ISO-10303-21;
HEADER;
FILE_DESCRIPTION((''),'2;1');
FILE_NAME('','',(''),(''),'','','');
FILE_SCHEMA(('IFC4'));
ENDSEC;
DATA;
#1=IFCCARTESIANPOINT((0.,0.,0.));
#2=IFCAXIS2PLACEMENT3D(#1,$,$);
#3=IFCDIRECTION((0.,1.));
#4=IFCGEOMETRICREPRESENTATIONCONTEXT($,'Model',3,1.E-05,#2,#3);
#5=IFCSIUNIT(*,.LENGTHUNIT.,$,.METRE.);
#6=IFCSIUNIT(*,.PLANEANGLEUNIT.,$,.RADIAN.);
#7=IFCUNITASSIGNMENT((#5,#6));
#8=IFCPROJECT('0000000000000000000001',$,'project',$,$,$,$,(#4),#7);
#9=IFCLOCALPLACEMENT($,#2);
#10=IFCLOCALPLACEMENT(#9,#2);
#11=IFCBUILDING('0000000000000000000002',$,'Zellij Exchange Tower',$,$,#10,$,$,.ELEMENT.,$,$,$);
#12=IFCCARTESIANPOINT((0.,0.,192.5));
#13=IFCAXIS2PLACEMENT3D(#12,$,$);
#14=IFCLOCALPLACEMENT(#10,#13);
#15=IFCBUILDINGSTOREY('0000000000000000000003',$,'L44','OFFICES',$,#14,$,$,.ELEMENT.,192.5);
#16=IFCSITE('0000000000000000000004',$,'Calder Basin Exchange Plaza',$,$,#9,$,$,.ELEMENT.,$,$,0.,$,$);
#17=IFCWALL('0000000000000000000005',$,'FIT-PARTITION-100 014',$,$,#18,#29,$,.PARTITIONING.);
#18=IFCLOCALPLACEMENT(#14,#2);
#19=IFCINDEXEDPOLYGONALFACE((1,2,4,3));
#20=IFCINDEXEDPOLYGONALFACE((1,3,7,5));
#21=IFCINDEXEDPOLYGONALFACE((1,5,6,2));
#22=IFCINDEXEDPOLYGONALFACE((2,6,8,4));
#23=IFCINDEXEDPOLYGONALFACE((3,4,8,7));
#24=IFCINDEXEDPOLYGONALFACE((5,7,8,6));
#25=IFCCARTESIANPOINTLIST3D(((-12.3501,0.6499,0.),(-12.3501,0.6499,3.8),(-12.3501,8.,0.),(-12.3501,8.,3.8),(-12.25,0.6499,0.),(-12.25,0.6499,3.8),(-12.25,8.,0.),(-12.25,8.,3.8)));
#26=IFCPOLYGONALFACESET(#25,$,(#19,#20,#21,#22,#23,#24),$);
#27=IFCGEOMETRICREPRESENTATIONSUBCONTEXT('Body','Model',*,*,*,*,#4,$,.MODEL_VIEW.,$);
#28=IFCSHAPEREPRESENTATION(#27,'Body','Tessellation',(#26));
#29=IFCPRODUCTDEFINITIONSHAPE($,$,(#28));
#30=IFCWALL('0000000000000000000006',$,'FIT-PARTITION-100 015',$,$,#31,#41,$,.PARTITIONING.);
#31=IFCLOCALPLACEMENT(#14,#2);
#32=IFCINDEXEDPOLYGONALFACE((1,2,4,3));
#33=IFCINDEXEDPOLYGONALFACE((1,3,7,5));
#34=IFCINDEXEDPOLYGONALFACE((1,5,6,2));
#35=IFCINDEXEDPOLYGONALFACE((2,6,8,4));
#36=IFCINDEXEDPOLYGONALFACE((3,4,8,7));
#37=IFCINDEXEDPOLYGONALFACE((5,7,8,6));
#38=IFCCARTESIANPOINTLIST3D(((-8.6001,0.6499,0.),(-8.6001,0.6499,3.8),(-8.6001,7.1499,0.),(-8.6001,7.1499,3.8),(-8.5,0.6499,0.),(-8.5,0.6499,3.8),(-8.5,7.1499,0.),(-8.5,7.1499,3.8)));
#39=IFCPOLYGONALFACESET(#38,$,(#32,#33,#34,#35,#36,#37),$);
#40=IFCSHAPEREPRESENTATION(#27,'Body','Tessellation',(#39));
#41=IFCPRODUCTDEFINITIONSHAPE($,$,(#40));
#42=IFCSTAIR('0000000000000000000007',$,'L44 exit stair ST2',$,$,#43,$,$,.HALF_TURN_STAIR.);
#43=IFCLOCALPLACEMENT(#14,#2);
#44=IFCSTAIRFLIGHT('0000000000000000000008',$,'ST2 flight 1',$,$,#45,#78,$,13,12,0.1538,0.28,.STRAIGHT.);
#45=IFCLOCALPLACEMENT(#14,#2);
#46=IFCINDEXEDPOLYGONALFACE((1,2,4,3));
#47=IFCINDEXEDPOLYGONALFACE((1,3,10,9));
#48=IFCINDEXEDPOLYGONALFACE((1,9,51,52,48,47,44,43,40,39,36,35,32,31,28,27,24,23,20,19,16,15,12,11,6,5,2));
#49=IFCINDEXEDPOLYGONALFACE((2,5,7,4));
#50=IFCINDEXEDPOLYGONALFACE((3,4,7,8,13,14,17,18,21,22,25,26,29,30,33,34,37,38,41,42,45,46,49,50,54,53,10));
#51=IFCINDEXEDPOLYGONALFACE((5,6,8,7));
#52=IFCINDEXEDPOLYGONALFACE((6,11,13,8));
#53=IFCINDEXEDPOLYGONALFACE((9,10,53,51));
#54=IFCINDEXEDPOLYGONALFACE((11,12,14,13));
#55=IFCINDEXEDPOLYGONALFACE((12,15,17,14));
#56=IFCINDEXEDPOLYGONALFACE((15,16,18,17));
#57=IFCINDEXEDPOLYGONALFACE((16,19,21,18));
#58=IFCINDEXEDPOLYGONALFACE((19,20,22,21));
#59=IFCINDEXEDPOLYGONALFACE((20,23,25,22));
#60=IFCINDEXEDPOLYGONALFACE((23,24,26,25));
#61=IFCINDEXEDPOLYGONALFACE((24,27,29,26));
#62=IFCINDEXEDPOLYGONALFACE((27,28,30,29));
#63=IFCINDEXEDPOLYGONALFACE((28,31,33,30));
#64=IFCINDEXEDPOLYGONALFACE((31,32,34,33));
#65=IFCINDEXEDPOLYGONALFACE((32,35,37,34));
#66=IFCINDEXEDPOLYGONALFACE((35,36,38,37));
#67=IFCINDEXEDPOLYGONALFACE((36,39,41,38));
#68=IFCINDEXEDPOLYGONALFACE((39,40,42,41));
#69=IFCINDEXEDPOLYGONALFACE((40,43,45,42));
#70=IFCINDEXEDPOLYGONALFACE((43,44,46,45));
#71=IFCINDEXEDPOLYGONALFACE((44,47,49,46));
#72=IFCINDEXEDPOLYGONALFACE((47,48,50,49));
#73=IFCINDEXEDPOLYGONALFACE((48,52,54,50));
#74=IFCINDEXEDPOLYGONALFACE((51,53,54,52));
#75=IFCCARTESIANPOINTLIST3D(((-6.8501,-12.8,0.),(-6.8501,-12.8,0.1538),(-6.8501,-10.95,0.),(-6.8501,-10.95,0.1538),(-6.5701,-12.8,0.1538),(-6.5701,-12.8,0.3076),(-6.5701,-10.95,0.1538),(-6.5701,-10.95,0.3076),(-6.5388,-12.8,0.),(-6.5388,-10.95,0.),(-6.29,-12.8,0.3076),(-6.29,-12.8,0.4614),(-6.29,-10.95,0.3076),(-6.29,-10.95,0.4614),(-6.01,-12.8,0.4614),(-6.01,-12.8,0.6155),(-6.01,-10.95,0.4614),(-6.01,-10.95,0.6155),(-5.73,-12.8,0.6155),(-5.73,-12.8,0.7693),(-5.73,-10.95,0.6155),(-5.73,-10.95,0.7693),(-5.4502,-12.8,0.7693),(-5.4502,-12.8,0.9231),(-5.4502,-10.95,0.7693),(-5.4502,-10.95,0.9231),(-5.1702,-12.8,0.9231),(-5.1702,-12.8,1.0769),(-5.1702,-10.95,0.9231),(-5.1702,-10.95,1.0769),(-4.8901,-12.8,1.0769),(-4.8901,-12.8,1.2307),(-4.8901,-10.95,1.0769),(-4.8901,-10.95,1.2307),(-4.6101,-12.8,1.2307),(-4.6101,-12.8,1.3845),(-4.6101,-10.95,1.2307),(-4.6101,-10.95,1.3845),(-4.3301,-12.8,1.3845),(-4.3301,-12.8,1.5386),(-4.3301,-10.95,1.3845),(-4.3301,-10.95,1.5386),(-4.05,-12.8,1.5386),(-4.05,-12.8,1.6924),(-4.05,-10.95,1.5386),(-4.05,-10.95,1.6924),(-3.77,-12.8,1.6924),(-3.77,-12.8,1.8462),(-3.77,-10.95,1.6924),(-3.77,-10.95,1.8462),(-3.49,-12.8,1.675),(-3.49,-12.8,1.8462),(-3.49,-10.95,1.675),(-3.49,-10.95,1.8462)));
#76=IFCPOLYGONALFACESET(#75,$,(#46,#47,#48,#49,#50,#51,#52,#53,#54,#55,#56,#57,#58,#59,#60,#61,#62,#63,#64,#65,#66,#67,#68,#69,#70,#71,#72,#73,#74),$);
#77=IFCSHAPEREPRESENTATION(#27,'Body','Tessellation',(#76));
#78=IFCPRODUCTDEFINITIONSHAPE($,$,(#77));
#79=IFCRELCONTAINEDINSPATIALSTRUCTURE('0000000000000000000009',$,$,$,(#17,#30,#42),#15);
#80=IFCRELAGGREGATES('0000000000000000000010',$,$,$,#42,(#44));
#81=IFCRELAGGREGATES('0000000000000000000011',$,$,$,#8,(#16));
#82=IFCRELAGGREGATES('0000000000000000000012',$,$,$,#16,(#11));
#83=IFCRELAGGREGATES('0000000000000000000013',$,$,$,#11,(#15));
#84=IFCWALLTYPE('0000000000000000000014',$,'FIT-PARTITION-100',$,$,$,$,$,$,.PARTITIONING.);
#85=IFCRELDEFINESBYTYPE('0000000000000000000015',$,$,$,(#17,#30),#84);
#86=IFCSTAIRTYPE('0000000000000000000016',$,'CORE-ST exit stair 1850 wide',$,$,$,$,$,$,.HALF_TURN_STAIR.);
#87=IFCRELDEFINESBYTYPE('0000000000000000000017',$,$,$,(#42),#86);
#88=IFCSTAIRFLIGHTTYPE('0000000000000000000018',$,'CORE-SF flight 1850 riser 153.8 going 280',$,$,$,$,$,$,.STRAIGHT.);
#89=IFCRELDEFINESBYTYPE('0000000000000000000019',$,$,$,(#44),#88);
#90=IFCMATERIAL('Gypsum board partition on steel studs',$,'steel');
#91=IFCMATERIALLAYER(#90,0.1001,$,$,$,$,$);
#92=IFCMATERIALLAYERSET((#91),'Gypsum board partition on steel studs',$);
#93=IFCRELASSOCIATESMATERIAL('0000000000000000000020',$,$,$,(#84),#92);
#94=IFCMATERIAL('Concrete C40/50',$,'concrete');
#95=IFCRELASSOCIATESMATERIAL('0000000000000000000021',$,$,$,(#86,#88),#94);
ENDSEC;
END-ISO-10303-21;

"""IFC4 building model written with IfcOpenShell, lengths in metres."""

from ifc_helpers import new_model, si_unit, direction, frame, frame_2d, origin, place, context, subcontext, project, spatial, polyline, rectangle, outline, extrude, material, layer, layer_set, type_object, element, aggregate, save


model = new_model("IFC4")

# Units and contexts
model_context = context("Model", 3, precision=1e-05, world=origin(), true_north=direction((0.0, 1.0)))
body_context = subcontext(model_context, "Body", "Model", "MODEL_VIEW")
ifc_project = project(units=[si_unit("LENGTHUNIT", "METRE"), si_unit("PLANEANGLEUNIT", "RADIAN")], contexts=[model_context])

# Site, building, storey
site_placement = place(None, origin())
site = spatial("IfcSite", under=ifc_project, at=site_placement, Name="Calder Basin Exchange Plaza", CompositionType="ELEMENT", RefElevation=0.0)
building_placement = place(site_placement, origin())
building = spatial("IfcBuilding", under=site, at=building_placement, Name="Zellij Exchange Tower", CompositionType="ELEMENT")
storey_placement = place(building_placement, frame((0.0, 0.0, 192.5)))
storey = spatial("IfcBuildingStorey", under=building, at=storey_placement, Name="L44", Description="OFFICES", CompositionType="ELEMENT", Elevation=192.5)

# Shared definitions
ifc_material_1 = material(Name="Gypsum board partition on steel studs", Category="steel")
ifc_layer_1 = layer(ifc_material_1, 0.1001)
ifc_layer_set_1 = layer_set([ifc_layer_1], Name="Gypsum board partition on steel studs")
wall_type_1 = type_object("IfcWallType", Name="FIT-PARTITION-100", PredefinedType="PARTITIONING", material=ifc_layer_set_1)

# Walls
wall_1_placement = place(storey_placement, frame((-12.3, 0.6499, 0.0), z_axis=(0.0, 0.0, 1.0), x_axis=(0.0, 1.0, 0.0)))
element("IfcWall", 1, at=wall_1_placement, inside=storey, type_object=wall_type_1, Name="FIT-PARTITION-100 014", PredefinedType="PARTITIONING", context=body_context, shape_type="SweptSolid", body=[
    extrude(rectangle(XDim=7.3501, YDim=0.1001, at=frame_2d((3.675, 0.0))), origin(), (0.0, 0.0, 1.0), 3.8),
])
wall_2_placement = place(storey_placement, frame((-8.55, 0.6499, 0.0), z_axis=(0.0, 0.0, 1.0), x_axis=(0.0, 1.0, 0.0)))
element("IfcWall", 2, at=wall_2_placement, inside=storey, type_object=wall_type_1, Name="FIT-PARTITION-100 015", PredefinedType="PARTITIONING", context=body_context, shape_type="SweptSolid", body=[
    extrude(rectangle(XDim=6.5, YDim=0.1001, at=frame_2d((3.25, 0.0))), origin(), (0.0, 0.0, 1.0), 3.8),
])

# Stair, stair flight
ifc_material_2 = material(Name="Concrete C40/50", Category="concrete")
stair_type = type_object("IfcStairType", Name="CORE-ST exit stair 1850 wide", PredefinedType="HALF_TURN_STAIR", material=ifc_material_2)
stair_placement = place(storey_placement, origin())
stair = element("IfcStair", 3, at=stair_placement, inside=storey, type_object=stair_type, Name="L44 exit stair ST2", PredefinedType="HALF_TURN_STAIR")
stair_flight_type = type_object("IfcStairFlightType", Name="CORE-SF flight 1850 riser 153.8 going 280", PredefinedType="STRAIGHT", material=ifc_material_2)
stair_flight_placement = place(storey_placement, frame((-6.8501, -11.875, 0.0), z_axis=(0.0, 0.0, 1.0), x_axis=(1.0, 0.0, 0.0)))
stair_flight = element("IfcStairFlight", 4, at=stair_flight_placement, type_object=stair_flight_type, Name="ST2 flight 1", NumberOfRisers=13, NumberOfTreads=12, PredefinedType="STRAIGHT", RiserHeight=0.1538, TreadLength=0.28, context=body_context, shape_type="SweptSolid", body=[
    extrude(outline(polyline([(0.0, 0.0), (0.0, 0.1538), (0.28, 0.1538), (0.28, 0.3076), (0.5601, 0.3076), (0.5601, 0.4614), (0.8401, 0.4614), (0.8401, 0.6155), (1.1201, 0.6155), (1.1201, 0.7693), (1.3999, 0.7693), (1.3999, 0.9231), (1.6799, 0.9231), (1.6799, 1.0769), (1.96, 1.0769), (1.96, 1.2307), (2.24, 1.2307), (2.24, 1.3845), (2.52, 1.3845), (2.52, 1.5386), (2.8, 1.5386), (2.8, 1.6924), (3.0801, 1.6924), (3.0801, 1.8462), (3.3601, 1.8462), (3.3601, 2.0), (3.3601, 1.675), (0.3113, 0.0), (0.0, 0.0)])), frame((0.0, 0.925, 0.0), z_axis=(0.0, -1.0, 0.0), x_axis=(1.0, 0.0, 0.0)), (0.0, 0.0, 1.0), 1.8501),
])
aggregate(stair, [stair_flight])

save(model, "model.ifc")
